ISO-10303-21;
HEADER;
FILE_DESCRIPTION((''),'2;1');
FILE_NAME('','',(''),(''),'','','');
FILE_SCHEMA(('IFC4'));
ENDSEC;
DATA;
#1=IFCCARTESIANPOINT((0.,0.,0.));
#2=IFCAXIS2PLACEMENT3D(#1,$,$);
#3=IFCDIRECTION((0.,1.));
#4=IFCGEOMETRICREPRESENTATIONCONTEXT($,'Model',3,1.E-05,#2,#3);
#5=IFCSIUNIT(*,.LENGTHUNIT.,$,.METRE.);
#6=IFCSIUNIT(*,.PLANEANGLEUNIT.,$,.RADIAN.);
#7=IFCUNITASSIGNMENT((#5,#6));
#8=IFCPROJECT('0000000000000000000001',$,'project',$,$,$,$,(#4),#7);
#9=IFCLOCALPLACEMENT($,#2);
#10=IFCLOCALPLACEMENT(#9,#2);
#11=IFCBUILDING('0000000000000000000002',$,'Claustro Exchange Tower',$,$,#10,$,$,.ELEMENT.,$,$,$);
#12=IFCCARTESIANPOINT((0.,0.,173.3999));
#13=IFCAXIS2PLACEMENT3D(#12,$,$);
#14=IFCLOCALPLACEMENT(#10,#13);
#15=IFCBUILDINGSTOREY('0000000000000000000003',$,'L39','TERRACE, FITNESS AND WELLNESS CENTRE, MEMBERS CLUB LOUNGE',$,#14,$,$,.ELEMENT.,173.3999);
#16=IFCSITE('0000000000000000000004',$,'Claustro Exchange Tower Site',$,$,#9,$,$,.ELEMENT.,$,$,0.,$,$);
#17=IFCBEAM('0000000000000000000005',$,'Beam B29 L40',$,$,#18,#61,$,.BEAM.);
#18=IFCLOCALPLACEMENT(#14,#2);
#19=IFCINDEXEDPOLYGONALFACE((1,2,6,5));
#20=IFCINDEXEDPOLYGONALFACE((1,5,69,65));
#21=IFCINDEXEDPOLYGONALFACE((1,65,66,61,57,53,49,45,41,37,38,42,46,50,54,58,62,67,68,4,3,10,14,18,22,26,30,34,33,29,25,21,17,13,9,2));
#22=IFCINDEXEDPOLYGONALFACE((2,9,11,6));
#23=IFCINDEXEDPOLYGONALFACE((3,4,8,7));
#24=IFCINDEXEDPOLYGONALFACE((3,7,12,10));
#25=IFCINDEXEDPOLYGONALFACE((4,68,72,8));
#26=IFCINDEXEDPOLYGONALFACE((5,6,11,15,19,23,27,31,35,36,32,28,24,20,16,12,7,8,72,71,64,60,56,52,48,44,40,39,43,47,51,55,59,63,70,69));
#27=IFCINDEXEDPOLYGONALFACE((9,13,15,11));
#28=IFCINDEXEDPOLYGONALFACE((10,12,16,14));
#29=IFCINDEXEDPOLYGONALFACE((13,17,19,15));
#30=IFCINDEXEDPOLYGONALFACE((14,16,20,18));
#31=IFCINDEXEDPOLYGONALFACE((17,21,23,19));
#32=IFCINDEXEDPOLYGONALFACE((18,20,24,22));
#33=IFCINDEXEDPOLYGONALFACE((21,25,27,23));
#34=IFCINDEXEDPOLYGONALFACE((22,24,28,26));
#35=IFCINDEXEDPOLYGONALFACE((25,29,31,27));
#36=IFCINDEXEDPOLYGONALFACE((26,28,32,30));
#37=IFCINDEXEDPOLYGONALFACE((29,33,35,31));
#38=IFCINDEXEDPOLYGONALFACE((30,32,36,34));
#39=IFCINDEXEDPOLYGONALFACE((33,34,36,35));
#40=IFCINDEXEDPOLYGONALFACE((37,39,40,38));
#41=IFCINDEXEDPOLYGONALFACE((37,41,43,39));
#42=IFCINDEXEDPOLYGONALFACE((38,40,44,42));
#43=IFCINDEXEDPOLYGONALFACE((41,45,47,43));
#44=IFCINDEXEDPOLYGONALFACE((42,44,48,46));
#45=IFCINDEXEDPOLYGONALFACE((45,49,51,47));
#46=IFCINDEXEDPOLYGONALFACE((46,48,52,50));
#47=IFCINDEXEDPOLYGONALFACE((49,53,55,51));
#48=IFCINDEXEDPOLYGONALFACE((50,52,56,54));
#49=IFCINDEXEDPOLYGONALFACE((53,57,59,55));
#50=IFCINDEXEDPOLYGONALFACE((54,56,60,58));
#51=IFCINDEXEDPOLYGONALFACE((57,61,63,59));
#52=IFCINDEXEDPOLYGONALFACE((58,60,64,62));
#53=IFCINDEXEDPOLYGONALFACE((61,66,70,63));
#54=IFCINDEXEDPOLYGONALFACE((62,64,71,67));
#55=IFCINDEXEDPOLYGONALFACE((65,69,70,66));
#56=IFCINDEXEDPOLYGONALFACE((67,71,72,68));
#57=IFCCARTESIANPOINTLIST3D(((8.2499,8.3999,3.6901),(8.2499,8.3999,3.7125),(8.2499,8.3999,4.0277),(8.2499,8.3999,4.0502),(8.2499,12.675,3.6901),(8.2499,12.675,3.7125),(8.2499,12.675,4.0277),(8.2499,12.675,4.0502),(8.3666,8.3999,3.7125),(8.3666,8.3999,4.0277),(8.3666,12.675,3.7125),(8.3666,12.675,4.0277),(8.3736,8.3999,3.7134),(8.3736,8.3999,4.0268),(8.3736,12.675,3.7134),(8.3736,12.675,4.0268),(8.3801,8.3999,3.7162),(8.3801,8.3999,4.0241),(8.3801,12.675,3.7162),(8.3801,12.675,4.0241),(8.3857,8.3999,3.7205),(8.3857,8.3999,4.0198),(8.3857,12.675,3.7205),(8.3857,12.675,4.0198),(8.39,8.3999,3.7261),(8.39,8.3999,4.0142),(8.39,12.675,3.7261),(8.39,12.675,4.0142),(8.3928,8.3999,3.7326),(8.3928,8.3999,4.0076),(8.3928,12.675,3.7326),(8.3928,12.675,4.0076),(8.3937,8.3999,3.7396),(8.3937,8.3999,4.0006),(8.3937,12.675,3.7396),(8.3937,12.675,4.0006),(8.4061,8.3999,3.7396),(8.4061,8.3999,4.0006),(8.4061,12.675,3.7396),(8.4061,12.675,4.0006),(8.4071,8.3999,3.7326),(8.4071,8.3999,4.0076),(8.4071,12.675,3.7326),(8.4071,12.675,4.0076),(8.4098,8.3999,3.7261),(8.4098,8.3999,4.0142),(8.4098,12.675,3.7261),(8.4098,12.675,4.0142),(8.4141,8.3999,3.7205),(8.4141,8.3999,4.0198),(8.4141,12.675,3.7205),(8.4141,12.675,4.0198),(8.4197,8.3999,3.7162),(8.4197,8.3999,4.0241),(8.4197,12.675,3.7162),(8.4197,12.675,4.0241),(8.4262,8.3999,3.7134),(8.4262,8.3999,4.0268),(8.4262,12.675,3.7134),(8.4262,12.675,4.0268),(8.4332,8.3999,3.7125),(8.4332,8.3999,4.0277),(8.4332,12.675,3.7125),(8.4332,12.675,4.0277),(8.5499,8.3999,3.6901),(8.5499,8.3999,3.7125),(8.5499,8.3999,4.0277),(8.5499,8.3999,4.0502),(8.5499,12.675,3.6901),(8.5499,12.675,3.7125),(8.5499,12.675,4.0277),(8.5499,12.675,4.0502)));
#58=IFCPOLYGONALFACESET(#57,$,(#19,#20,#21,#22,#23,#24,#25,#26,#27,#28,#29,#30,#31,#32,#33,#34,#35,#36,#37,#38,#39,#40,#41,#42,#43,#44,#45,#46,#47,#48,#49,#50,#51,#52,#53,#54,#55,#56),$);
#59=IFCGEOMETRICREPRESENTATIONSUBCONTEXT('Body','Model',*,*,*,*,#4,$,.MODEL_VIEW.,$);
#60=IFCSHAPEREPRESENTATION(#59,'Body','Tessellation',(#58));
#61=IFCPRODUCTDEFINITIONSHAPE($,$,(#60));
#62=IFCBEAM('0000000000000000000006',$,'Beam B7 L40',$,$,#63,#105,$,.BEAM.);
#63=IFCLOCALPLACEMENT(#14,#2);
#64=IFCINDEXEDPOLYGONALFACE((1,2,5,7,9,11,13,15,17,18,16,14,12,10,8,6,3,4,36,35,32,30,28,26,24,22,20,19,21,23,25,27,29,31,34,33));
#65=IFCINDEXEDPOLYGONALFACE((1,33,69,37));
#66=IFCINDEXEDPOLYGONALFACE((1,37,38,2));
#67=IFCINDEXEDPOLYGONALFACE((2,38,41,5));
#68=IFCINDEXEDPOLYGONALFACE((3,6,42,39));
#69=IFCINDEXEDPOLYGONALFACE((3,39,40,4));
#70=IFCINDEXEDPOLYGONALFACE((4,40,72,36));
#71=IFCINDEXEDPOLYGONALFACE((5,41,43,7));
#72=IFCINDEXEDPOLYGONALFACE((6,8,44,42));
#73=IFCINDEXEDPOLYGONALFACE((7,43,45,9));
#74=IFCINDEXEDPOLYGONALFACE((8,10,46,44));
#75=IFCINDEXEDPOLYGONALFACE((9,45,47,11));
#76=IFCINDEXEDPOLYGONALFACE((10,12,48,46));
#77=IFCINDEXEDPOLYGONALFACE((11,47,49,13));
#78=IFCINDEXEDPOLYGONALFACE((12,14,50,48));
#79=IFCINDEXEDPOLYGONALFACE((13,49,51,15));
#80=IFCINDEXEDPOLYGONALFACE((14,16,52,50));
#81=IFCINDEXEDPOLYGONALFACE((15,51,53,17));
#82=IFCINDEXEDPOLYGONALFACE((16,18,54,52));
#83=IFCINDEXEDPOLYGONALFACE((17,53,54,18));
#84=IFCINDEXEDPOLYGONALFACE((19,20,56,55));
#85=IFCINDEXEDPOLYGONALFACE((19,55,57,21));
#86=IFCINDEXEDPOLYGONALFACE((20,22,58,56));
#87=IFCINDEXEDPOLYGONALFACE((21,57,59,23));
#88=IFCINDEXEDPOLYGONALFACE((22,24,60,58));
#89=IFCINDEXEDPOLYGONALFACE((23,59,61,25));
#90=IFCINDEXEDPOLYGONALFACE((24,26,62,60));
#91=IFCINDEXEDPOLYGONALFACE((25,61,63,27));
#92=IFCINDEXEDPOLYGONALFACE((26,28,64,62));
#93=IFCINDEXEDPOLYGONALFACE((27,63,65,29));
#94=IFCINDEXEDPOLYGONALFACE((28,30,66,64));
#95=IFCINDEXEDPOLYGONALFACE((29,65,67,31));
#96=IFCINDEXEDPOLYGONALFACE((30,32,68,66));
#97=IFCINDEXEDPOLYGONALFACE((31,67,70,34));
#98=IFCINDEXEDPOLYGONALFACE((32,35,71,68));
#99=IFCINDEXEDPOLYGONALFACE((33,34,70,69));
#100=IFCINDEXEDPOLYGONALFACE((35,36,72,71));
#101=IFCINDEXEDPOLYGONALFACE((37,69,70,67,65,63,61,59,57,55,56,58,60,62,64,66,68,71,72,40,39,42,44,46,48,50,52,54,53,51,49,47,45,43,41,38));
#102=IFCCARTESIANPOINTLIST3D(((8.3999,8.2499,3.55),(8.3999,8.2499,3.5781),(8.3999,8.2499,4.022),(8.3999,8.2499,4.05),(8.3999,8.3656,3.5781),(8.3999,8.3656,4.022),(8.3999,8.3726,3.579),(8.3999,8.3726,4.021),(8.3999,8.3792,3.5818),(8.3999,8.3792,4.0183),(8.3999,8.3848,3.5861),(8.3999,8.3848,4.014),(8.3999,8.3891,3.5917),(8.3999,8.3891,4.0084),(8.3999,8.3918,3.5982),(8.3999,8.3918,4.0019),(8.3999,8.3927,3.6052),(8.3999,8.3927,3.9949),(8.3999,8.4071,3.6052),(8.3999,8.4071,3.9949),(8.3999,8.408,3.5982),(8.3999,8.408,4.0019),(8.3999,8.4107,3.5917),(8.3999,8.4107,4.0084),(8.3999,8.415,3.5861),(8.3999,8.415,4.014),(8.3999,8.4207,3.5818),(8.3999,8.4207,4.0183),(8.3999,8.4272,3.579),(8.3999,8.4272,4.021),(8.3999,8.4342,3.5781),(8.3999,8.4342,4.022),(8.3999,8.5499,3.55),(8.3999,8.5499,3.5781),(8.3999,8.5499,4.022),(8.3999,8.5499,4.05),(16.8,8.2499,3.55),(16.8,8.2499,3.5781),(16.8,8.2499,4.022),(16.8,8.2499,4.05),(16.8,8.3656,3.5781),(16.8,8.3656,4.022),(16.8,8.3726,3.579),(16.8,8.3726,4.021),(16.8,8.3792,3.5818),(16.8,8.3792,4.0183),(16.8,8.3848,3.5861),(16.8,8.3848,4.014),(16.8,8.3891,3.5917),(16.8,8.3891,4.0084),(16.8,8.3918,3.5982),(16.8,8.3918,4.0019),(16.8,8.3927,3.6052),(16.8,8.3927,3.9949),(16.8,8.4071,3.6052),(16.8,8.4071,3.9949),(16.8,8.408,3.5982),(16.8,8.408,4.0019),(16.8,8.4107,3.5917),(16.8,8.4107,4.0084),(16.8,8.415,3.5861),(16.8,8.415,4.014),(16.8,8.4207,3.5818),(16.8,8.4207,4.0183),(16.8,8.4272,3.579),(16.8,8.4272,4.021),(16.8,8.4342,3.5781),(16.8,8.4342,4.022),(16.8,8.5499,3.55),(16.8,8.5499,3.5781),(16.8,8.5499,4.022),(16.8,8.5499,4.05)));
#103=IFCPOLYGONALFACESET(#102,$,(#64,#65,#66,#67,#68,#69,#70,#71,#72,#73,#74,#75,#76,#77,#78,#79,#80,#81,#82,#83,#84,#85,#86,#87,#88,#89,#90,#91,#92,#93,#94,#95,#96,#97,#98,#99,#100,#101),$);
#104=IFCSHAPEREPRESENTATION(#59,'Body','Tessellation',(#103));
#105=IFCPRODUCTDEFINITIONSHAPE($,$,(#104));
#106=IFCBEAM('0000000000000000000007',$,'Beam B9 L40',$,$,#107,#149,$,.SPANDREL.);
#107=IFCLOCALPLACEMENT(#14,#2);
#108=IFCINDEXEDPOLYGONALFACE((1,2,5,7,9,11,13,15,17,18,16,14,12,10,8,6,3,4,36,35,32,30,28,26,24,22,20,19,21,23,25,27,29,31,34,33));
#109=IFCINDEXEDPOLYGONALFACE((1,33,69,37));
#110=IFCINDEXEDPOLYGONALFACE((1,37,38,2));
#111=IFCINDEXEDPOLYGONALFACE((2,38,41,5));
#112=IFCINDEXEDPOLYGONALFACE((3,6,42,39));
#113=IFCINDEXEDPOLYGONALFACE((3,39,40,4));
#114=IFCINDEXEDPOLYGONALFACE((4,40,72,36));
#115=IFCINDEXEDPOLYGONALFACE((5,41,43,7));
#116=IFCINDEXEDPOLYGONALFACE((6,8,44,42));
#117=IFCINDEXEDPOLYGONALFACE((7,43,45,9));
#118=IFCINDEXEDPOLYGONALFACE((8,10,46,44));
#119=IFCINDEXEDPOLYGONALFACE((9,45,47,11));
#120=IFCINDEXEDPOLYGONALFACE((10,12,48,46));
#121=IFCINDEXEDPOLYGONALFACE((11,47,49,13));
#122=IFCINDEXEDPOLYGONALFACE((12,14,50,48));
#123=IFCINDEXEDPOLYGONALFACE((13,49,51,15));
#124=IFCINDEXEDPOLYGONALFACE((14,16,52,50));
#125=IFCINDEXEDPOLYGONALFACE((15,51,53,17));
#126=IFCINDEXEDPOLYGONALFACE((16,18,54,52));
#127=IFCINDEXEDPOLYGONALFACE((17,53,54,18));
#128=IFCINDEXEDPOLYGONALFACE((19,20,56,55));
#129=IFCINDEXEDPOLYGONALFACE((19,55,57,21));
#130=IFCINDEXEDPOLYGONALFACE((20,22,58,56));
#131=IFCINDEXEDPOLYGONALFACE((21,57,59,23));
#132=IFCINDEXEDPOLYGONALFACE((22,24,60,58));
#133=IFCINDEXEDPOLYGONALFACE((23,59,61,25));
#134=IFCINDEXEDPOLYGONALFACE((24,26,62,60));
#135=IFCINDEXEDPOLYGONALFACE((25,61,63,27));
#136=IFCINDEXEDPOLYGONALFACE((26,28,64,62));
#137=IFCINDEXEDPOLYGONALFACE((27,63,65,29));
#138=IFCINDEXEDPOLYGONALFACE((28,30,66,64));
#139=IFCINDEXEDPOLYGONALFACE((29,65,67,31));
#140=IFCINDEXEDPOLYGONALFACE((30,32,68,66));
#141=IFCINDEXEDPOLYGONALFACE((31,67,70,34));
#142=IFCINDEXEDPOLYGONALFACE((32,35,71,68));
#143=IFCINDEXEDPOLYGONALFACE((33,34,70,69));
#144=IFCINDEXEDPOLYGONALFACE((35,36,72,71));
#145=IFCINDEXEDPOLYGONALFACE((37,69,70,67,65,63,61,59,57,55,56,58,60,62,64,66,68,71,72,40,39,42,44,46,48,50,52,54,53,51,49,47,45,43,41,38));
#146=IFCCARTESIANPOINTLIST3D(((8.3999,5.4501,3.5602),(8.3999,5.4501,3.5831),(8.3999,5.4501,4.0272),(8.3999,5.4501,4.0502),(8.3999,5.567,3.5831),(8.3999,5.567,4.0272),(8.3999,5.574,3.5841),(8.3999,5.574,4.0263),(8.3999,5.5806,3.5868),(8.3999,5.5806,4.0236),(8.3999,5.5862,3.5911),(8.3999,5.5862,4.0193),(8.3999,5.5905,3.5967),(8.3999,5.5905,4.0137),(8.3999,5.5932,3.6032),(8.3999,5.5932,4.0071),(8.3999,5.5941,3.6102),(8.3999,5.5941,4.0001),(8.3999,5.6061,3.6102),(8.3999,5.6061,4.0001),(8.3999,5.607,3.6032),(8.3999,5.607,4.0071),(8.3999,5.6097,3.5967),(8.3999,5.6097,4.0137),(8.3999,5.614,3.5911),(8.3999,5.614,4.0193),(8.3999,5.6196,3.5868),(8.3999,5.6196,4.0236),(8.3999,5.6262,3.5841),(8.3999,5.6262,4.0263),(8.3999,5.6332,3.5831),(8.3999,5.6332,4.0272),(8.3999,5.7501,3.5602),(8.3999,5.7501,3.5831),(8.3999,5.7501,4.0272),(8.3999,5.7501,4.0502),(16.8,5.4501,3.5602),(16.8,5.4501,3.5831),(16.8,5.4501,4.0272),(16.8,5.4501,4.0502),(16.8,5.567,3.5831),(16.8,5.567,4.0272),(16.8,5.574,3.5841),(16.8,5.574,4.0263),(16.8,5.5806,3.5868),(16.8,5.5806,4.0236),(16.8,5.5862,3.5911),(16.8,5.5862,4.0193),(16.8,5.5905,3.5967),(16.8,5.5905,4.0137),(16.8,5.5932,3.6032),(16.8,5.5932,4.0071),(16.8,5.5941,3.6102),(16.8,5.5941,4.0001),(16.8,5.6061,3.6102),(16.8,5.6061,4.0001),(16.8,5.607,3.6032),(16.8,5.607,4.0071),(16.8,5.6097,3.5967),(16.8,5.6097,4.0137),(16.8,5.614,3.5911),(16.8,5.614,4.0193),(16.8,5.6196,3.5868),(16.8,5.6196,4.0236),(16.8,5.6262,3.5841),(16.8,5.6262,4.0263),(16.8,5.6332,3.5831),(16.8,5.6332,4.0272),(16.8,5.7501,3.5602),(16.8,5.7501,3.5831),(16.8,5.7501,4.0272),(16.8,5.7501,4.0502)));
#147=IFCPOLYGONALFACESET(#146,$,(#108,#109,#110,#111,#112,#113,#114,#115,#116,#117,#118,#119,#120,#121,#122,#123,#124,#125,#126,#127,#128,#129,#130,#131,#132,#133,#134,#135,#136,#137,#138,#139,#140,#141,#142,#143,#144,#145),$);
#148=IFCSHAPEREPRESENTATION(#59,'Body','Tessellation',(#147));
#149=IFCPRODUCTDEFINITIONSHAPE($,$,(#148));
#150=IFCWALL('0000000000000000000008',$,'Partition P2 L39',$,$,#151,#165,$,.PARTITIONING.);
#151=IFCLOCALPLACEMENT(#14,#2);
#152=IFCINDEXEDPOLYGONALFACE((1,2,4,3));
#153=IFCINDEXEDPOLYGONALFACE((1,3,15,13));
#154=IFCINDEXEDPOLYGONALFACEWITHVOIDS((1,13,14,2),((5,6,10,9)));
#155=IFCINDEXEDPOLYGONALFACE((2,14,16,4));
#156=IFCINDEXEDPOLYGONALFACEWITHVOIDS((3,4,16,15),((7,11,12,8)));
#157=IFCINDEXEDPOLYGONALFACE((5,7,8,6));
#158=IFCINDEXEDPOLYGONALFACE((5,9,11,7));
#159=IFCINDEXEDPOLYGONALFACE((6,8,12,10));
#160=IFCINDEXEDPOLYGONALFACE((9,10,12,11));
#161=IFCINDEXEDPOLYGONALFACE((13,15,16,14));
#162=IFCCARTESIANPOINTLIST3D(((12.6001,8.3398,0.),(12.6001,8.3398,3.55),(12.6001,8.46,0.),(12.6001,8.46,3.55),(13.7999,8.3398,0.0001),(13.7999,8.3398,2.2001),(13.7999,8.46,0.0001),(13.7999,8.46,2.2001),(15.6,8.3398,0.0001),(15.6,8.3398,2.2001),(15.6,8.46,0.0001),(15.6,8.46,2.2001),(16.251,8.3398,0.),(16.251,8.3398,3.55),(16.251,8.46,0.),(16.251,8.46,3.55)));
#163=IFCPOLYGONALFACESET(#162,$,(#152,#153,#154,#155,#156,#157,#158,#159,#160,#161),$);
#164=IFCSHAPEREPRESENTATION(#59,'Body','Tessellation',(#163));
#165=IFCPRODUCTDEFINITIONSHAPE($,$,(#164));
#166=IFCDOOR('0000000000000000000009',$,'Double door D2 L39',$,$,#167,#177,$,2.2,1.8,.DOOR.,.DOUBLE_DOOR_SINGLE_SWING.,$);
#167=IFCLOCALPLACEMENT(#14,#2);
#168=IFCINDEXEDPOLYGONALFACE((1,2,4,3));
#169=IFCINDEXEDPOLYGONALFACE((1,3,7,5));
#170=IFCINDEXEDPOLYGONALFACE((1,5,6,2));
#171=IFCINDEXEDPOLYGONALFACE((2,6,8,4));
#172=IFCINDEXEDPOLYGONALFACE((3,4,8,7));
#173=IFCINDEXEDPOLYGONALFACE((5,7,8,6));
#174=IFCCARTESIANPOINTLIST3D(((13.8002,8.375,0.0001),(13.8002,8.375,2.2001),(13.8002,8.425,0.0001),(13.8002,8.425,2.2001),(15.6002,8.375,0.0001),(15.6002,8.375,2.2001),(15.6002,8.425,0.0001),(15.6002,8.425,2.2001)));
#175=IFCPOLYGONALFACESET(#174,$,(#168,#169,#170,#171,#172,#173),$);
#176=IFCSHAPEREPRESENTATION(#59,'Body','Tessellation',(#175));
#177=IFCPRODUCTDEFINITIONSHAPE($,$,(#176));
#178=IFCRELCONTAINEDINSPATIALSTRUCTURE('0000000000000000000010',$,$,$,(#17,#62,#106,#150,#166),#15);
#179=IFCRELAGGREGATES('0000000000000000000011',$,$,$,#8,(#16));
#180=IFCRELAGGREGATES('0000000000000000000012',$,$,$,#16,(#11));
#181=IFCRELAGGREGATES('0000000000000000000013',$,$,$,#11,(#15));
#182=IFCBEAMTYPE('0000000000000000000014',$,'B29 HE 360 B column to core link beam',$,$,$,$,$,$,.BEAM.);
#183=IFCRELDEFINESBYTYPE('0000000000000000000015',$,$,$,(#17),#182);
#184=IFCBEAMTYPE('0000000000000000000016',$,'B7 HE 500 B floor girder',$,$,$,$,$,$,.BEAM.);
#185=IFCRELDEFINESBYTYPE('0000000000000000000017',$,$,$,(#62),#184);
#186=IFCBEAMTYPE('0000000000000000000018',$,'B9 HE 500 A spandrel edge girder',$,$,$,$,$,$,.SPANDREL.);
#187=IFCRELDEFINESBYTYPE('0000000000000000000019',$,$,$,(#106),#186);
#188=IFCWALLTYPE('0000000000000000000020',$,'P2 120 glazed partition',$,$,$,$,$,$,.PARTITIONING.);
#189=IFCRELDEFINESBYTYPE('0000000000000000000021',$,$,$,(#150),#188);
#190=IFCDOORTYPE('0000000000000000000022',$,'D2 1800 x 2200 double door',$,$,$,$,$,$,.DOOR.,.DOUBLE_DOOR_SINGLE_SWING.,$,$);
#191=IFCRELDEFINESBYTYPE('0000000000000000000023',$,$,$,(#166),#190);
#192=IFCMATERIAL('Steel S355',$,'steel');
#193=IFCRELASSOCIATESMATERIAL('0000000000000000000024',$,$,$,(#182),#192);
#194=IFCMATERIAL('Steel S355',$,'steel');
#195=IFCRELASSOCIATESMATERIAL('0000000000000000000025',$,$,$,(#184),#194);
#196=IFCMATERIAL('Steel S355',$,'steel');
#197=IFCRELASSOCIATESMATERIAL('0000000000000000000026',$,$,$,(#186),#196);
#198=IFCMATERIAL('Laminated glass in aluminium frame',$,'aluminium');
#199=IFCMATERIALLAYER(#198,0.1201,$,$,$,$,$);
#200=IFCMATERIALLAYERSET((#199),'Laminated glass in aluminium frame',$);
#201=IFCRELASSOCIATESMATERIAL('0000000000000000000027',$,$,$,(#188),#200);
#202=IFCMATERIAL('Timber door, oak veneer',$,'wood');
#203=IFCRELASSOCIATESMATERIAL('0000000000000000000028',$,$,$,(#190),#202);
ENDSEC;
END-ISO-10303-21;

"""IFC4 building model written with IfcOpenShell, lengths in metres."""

from ifc_helpers import new_model, si_unit, direction, frame, frame_2d, origin, origin_2d, place, context, subcontext, project, spatial, rectangle, i_section, extrude, material, layer, layer_set, material_profile, profile_set, type_object, element, fill, save


model = new_model("IFC4")

# Units and contexts
model_context = context("Model", 3, precision=1e-05, world=origin(), true_north=direction((0.0, 1.0)))
body_context = subcontext(model_context, "Body", "Model", "MODEL_VIEW")
ifc_project = project(units=[si_unit("LENGTHUNIT", "METRE"), si_unit("PLANEANGLEUNIT", "RADIAN")], contexts=[model_context])

# Site, building, storey
site_placement = place(None, origin())
site = spatial("IfcSite", under=ifc_project, at=site_placement, Name="Claustro Exchange Tower Site", CompositionType="ELEMENT", RefElevation=0.0)
building_placement = place(site_placement, origin())
building = spatial("IfcBuilding", under=site, at=building_placement, Name="Claustro Exchange Tower", CompositionType="ELEMENT")
storey_placement = place(building_placement, frame((0.0, 0.0, 173.3999)))
storey = spatial("IfcBuildingStorey", under=building, at=storey_placement, Name="L39", Description="TERRACE, FITNESS AND WELLNESS CENTRE, MEMBERS CLUB LOUNGE", CompositionType="ELEMENT", Elevation=173.3999)

# Beams
ifc_material_1 = material(Name="Steel S355", Category="steel")
ifc_material_profile_1 = material_profile(ifc_material_1, i_section(OverallWidth=0.3, OverallDepth=0.3601, WebThickness=0.0125, FlangeThickness=0.0225, FilletRadius=0.0271, at=origin_2d()), Name="HE 360 B")
ifc_profile_set_1 = profile_set([ifc_material_profile_1], Name="Steel S355")
beam_type_1 = type_object("IfcBeamType", Name="B29 HE 360 B column to core link beam", PredefinedType="BEAM", material=ifc_profile_set_1)
beam_1_placement = place(storey_placement, frame((8.3999, 8.3999, 3.8701), z_axis=(0.0, 1.0, 0.0), x_axis=(-1.0, 0.0, 0.0)))
element("IfcBeam", 1, at=beam_1_placement, inside=storey, type_object=beam_type_1, Name="Beam B29 L40", PredefinedType="BEAM", context=body_context, shape_type="SweptSolid", body=[
    extrude(i_section(OverallWidth=0.3, OverallDepth=0.3601, WebThickness=0.0125, FlangeThickness=0.0225, FilletRadius=0.0271, at=origin_2d()), origin(), (0.0, 0.0, 1.0), 4.2751),
])
ifc_material_2 = material(Name="Steel S355", Category="steel")
ifc_material_profile_2 = material_profile(ifc_material_2, i_section(OverallWidth=0.3, OverallDepth=0.5, WebThickness=0.0144, FlangeThickness=0.0281, FilletRadius=0.0271, at=origin_2d()), Name="HE 500 B")
ifc_profile_set_2 = profile_set([ifc_material_profile_2], Name="Steel S355")
beam_type_2 = type_object("IfcBeamType", Name="B7 HE 500 B floor girder", PredefinedType="BEAM", material=ifc_profile_set_2)
beam_2_placement = place(storey_placement, frame((8.3999, 8.3999, 3.8), z_axis=(1.0, 0.0, 0.0), x_axis=(0.0, 1.0, 0.0)))
element("IfcBeam", 2, at=beam_2_placement, inside=storey, type_object=beam_type_2, Name="Beam B7 L40", PredefinedType="BEAM", context=body_context, shape_type="SweptSolid", body=[
    extrude(i_section(OverallWidth=0.3, OverallDepth=0.5, WebThickness=0.0144, FlangeThickness=0.0281, FilletRadius=0.0271, at=origin_2d()), origin(), (0.0, 0.0, 1.0), 8.4001),
])
ifc_material_3 = material(Name="Steel S355", Category="steel")
ifc_material_profile_3 = material_profile(ifc_material_3, i_section(OverallWidth=0.3, OverallDepth=0.49, WebThickness=0.012, FlangeThickness=0.0229, FilletRadius=0.0271, at=origin_2d()), Name="HE 500 A")
ifc_profile_set_3 = profile_set([ifc_material_profile_3], Name="Steel S355")
beam_type_3 = type_object("IfcBeamType", Name="B9 HE 500 A spandrel edge girder", PredefinedType="SPANDREL", material=ifc_profile_set_3)
beam_3_placement = place(storey_placement, frame((8.3999, 5.6001, 3.8052), z_axis=(1.0, 0.0, 0.0), x_axis=(0.0, 1.0, 0.0)))
element("IfcBeam", 3, at=beam_3_placement, inside=storey, type_object=beam_type_3, Name="Beam B9 L40", PredefinedType="SPANDREL", context=body_context, shape_type="SweptSolid", body=[
    extrude(i_section(OverallWidth=0.3, OverallDepth=0.49, WebThickness=0.012, FlangeThickness=0.0229, FilletRadius=0.0271, at=origin_2d()), origin(), (0.0, 0.0, 1.0), 8.4001),
])

# Wall, opening, door
ifc_material_4 = material(Name="Laminated glass in aluminium frame", Category="aluminium")
ifc_layer_1 = layer(ifc_material_4, 0.1201)
ifc_layer_set_1 = layer_set([ifc_layer_1], Name="Laminated glass in aluminium frame")
wall_type_1 = type_object("IfcWallType", Name="P2 120 glazed partition", PredefinedType="PARTITIONING", material=ifc_layer_set_1)
wall_1_placement = place(storey_placement, frame((12.6001, 8.3999, 0.0), z_axis=(0.0, 0.0, 1.0), x_axis=(1.0, 0.0, 0.0)))
wall_1 = element("IfcWall", 4, at=wall_1_placement, inside=storey, type_object=wall_type_1, Name="Partition P2 L39", PredefinedType="PARTITIONING", context=body_context, shape_type="SweptSolid", body=[
    extrude(rectangle(XDim=3.6509, YDim=0.1201, at=frame_2d((1.8254, 0.0))), origin(), (0.0, 0.0, 1.0), 3.55),
])
opening_1_placement = place(wall_1_placement, frame((1.2, 0.0, 0.0)))
opening_1 = element("IfcOpeningElement", 5, at=opening_1_placement, cuts=wall_1, PredefinedType="OPENING", context=body_context, shape_type="SweptSolid", body=[
    extrude(rectangle(XDim=1.8, YDim=2.2, at=frame_2d((0.8999, 1.1001))), frame((0.0, 0.0701, 0.0), z_axis=(0.0, -1.0, 0.0), x_axis=(1.0, 0.0, 0.0)), (0.0, 0.0, 1.0), 0.1401),
])
ifc_material_5 = material(Name="Timber door, oak veneer", Category="wood")
door_type_1 = type_object("IfcDoorType", Name="D2 1800 x 2200 double door", OperationType="DOUBLE_DOOR_SINGLE_SWING", PredefinedType="DOOR", material=ifc_material_5)
door_1_placement = place(opening_1_placement, frame((1.8, 0.0, 0.0), z_axis=(0.0, 0.0, 1.0), x_axis=(-1.0, 0.0, 0.0)))
door_1 = element("IfcDoor", 6, at=door_1_placement, inside=storey, type_object=door_type_1, Name="Double door D2 L39", OperationType="DOUBLE_DOOR_SINGLE_SWING", OverallHeight=2.2, OverallWidth=1.8, PredefinedType="DOOR", context=body_context, shape_type="SweptSolid", body=[
    extrude(rectangle(XDim=1.8, YDim=2.2, at=frame_2d((0.8999, 1.1001))), frame((0.0, 0.0249, 0.0), z_axis=(0.0, -1.0, 0.0), x_axis=(1.0, 0.0, 0.0)), (0.0, 0.0, 1.0), 0.05),
])
fill(opening_1, door_1)

save(model, "model.ifc")
